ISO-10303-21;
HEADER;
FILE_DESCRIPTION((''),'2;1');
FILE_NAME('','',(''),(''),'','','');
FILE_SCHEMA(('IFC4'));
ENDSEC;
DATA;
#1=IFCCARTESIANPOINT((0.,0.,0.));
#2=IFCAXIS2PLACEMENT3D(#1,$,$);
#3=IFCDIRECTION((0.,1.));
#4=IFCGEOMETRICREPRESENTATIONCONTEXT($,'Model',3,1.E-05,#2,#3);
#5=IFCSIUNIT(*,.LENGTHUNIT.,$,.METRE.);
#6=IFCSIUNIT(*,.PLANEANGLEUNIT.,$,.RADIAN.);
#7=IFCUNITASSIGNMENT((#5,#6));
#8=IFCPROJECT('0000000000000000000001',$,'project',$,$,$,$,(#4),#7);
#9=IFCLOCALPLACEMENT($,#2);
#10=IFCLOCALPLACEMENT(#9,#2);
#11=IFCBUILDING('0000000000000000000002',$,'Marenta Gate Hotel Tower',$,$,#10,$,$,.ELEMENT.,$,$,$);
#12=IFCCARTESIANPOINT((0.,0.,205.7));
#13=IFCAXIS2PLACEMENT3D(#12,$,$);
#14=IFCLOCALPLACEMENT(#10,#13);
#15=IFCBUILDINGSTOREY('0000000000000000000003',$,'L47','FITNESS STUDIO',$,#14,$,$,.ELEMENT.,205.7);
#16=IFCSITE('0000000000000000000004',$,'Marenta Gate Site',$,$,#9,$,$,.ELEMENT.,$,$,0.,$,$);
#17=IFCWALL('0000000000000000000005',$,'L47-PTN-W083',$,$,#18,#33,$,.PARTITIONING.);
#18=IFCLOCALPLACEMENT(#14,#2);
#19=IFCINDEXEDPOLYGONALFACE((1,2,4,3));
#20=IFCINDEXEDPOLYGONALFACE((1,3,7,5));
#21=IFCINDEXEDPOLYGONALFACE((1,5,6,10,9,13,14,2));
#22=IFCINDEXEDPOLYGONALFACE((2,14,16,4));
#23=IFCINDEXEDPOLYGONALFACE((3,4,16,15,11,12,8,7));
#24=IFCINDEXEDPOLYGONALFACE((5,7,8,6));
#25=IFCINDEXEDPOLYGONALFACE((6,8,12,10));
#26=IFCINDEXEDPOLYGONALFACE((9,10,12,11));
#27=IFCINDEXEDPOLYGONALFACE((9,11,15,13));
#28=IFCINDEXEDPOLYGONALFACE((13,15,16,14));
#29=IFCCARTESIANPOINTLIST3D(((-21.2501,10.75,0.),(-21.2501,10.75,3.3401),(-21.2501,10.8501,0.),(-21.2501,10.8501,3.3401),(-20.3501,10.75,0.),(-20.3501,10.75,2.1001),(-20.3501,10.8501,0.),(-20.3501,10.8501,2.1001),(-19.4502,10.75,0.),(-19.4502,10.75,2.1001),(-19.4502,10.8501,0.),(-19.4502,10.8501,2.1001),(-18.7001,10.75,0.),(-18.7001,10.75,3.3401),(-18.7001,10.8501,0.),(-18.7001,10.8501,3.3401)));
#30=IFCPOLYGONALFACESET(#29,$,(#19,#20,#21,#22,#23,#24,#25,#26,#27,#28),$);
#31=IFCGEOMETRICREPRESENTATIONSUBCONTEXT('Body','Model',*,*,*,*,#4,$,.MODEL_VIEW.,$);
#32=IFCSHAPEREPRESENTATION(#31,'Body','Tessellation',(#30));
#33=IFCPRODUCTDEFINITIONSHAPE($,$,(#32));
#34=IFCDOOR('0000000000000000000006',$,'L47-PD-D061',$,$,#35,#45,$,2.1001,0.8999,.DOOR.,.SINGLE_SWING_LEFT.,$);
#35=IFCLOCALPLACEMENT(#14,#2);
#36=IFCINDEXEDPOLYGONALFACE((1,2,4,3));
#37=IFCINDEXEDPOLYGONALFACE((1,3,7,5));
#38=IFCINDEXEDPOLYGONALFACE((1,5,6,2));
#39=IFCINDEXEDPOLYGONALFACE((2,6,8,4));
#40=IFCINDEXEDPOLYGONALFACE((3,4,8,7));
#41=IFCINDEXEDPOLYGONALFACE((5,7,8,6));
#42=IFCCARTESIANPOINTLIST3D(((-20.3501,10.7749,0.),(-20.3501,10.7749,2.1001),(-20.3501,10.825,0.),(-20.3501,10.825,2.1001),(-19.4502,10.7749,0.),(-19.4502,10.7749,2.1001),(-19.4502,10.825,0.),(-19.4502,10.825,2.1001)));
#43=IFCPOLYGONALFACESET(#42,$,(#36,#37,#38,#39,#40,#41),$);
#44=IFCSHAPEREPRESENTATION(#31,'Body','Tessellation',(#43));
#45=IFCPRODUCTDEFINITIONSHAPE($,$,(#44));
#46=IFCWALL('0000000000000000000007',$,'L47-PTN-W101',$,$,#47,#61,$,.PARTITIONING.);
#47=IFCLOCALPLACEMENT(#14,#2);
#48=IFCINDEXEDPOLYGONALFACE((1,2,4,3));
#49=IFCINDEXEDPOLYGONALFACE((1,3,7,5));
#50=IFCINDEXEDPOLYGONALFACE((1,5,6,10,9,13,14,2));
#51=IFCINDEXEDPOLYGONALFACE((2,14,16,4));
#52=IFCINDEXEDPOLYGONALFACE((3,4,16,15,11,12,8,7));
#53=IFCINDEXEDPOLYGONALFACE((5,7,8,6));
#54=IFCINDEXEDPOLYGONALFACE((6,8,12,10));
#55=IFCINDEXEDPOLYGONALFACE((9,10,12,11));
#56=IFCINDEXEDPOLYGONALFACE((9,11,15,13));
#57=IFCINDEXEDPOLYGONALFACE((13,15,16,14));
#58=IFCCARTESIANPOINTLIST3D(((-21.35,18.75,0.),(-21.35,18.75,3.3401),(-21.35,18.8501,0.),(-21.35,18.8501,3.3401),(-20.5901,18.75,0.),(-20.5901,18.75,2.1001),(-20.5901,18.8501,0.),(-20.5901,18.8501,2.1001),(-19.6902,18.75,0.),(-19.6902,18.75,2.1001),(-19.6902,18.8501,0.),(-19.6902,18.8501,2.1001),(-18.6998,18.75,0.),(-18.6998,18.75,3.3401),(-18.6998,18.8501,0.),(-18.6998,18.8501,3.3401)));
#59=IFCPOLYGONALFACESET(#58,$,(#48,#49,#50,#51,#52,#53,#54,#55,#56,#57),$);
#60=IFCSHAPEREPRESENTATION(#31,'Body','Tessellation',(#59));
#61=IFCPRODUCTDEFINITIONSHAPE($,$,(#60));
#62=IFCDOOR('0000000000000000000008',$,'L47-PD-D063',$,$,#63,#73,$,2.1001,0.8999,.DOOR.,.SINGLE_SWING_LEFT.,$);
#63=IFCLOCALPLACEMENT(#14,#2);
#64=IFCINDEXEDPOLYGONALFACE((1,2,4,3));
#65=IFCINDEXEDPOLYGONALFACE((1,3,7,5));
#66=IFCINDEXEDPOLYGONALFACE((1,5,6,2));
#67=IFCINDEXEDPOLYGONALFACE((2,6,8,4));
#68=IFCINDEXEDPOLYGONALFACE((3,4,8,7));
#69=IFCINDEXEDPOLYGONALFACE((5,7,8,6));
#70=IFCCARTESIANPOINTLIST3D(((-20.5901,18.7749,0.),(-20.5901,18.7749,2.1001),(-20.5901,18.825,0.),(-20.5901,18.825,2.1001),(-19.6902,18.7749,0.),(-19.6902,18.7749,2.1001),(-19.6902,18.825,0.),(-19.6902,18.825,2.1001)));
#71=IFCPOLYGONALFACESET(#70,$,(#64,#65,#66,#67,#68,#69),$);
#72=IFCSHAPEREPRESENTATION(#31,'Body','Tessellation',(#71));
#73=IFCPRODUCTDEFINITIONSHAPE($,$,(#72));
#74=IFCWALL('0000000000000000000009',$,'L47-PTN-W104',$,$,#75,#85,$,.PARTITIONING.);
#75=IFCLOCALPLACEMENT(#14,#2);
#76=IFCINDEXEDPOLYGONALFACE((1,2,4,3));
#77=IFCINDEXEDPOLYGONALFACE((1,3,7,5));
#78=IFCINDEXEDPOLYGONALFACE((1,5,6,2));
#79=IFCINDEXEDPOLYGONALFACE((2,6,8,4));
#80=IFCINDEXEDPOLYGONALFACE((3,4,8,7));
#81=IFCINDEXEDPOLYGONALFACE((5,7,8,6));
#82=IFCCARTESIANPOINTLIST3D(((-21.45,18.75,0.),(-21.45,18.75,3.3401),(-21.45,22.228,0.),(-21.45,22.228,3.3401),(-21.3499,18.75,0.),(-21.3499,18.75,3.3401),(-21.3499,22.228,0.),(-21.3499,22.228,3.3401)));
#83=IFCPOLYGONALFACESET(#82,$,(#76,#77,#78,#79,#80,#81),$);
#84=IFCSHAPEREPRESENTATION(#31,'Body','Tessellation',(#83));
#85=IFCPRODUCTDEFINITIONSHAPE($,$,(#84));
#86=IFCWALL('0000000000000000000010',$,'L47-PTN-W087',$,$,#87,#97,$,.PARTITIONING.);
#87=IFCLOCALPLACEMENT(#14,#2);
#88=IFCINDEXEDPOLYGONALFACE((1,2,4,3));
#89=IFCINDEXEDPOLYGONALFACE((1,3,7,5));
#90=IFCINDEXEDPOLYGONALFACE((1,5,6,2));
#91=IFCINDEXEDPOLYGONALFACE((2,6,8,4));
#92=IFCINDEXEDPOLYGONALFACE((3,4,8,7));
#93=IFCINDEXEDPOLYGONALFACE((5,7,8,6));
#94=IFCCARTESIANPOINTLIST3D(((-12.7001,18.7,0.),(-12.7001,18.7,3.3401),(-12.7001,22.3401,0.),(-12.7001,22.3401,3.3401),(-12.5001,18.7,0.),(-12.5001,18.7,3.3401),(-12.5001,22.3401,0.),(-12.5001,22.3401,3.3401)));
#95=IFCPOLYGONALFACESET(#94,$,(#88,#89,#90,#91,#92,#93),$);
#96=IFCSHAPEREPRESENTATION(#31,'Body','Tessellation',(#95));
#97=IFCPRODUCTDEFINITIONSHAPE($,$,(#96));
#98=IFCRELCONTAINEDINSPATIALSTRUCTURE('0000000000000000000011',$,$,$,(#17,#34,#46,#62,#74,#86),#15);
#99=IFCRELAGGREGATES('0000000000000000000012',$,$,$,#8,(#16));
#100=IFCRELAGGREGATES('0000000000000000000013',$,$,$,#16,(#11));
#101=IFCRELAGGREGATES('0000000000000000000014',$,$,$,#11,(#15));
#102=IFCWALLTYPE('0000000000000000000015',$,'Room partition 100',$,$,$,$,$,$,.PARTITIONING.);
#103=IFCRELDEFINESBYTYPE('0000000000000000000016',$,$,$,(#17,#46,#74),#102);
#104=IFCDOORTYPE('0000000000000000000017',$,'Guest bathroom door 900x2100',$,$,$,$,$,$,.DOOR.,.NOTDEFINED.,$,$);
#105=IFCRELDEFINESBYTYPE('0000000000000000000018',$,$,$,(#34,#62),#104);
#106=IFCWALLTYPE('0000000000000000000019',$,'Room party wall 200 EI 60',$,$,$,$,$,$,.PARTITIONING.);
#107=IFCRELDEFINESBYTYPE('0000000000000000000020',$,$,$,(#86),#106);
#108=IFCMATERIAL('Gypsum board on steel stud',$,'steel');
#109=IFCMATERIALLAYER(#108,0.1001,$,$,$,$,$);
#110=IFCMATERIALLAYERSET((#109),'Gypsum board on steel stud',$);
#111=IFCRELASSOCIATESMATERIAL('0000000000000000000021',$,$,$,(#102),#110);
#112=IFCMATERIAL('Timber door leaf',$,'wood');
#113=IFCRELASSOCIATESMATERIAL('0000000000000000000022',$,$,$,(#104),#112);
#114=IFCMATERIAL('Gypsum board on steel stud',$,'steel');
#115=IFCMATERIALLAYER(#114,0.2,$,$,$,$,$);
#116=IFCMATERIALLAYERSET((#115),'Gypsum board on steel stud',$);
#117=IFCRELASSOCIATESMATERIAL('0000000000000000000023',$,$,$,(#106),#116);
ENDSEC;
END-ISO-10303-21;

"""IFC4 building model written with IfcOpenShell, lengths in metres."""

from ifc_helpers import new_model, si_unit, direction, frame, frame_2d, origin, place, context, subcontext, project, spatial, rectangle, extrude, material, layer, layer_set, type_object, element, fill, save


model = new_model("IFC4")

# Units and contexts
model_context = context("Model", 3, precision=1e-05, world=origin(), true_north=direction((0.0, 1.0)))
body_context = subcontext(model_context, "Body", "Model", "MODEL_VIEW")
ifc_project = project(units=[si_unit("LENGTHUNIT", "METRE"), si_unit("PLANEANGLEUNIT", "RADIAN")], contexts=[model_context])

# Site, building, storey
site_placement = place(None, origin())
site = spatial("IfcSite", under=ifc_project, at=site_placement, Name="Marenta Gate Site", CompositionType="ELEMENT", RefElevation=0.0)
building_placement = place(site_placement, origin())
building = spatial("IfcBuilding", under=site, at=building_placement, Name="Marenta Gate Hotel Tower", CompositionType="ELEMENT")
storey_placement = place(building_placement, frame((0.0, 0.0, 205.7)))
storey = spatial("IfcBuildingStorey", under=building, at=storey_placement, Name="L47", Description="FITNESS STUDIO", CompositionType="ELEMENT", Elevation=205.7)

# Walls, openings, doors
ifc_material_1 = material(Name="Gypsum board on steel stud", Category="steel")
ifc_layer_1 = layer(ifc_material_1, 0.1001)
ifc_layer_set_1 = layer_set([ifc_layer_1], Name="Gypsum board on steel stud")
wall_type_1 = type_object("IfcWallType", Name="Room partition 100", PredefinedType="PARTITIONING", material=ifc_layer_set_1)
wall_1_placement = place(storey_placement, frame((-21.25, 10.8, 0.0), z_axis=(0.0, 0.0, 1.0), x_axis=(1.0, 0.0, 0.0)))
wall_1 = element("IfcWall", 1, at=wall_1_placement, inside=storey, type_object=wall_type_1, Name="L47-PTN-W083", PredefinedType="PARTITIONING", context=body_context, shape_type="SweptSolid", body=[
    extrude(rectangle(XDim=2.55, YDim=0.1001, at=frame_2d((1.2749, 0.0))), origin(), (0.0, 0.0, 1.0), 3.3401),
])
opening_1_placement = place(wall_1_placement, frame((0.8999, 0.0, 0.0)))
opening_1 = element("IfcOpeningElement", 2, at=opening_1_placement, cuts=wall_1, PredefinedType="OPENING", context=body_context, shape_type="SweptSolid", body=[
    extrude(rectangle(XDim=0.8999, YDim=2.1001, at=frame_2d((0.45, 1.05))), frame((0.0, 0.05, 0.0), z_axis=(0.0, -1.0, 0.0), x_axis=(1.0, 0.0, 0.0)), (0.0, 0.0, 1.0), 0.1001),
])
ifc_material_2 = material(Name="Timber door leaf", Category="wood")
door_type_1 = type_object("IfcDoorType", Name="Guest bathroom door 900x2100", OperationType="NOTDEFINED", PredefinedType="DOOR", material=ifc_material_2)
door_1_placement = place(opening_1_placement, origin())
door_1 = element("IfcDoor", 3, at=door_1_placement, inside=storey, type_object=door_type_1, Name="L47-PD-D061", OperationType="SINGLE_SWING_LEFT", OverallHeight=2.1001, OverallWidth=0.8999, PredefinedType="DOOR", context=body_context, shape_type="SweptSolid", body=[
    extrude(rectangle(XDim=0.8999, YDim=2.1001, at=frame_2d((0.45, 1.05))), frame((0.0, 0.0249, 0.0), z_axis=(0.0, -1.0, 0.0), x_axis=(1.0, 0.0, 0.0)), (0.0, 0.0, 1.0), 0.05),
])
fill(opening_1, door_1)
wall_2_placement = place(storey_placement, frame((-21.3501, 18.8, 0.0), z_axis=(0.0, 0.0, 1.0), x_axis=(1.0, 0.0, 0.0)))
wall_2 = element("IfcWall", 4, at=wall_2_placement, inside=storey, type_object=wall_type_1, Name="L47-PTN-W101", PredefinedType="PARTITIONING", context=body_context, shape_type="SweptSolid", body=[
    extrude(rectangle(XDim=2.6501, YDim=0.1001, at=frame_2d((1.3252, 0.0))), origin(), (0.0, 0.0, 1.0), 3.3401),
])
opening_2_placement = place(wall_2_placement, frame((0.76, 0.0, 0.0)))
opening_2 = element("IfcOpeningElement", 5, at=opening_2_placement, cuts=wall_2, PredefinedType="OPENING", context=body_context, shape_type="SweptSolid", body=[
    extrude(rectangle(XDim=0.8999, YDim=2.1001, at=frame_2d((0.45, 1.05))), frame((0.0, 0.05, 0.0), z_axis=(0.0, -1.0, 0.0), x_axis=(1.0, 0.0, 0.0)), (0.0, 0.0, 1.0), 0.1001),
])
door_2_placement = place(opening_2_placement, origin())
door_2 = element("IfcDoor", 6, at=door_2_placement, inside=storey, type_object=door_type_1, Name="L47-PD-D063", OperationType="SINGLE_SWING_LEFT", OverallHeight=2.1001, OverallWidth=0.8999, PredefinedType="DOOR", context=body_context, shape_type="SweptSolid", body=[
    extrude(rectangle(XDim=0.8999, YDim=2.1001, at=frame_2d((0.45, 1.05))), frame((0.0, 0.0249, 0.0), z_axis=(0.0, -1.0, 0.0), x_axis=(1.0, 0.0, 0.0)), (0.0, 0.0, 1.0), 0.05),
])
fill(opening_2, door_2)

# Walls
wall_3_placement = place(storey_placement, frame((-21.3999, 18.75, 0.0), z_axis=(0.0, 0.0, 1.0), x_axis=(0.0, 1.0, 0.0)))
element("IfcWall", 7, at=wall_3_placement, inside=storey, type_object=wall_type_1, Name="L47-PTN-W104", PredefinedType="PARTITIONING", context=body_context, shape_type="SweptSolid", body=[
    extrude(rectangle(XDim=3.478, YDim=0.1001, at=frame_2d((1.739, 0.0))), origin(), (0.0, 0.0, 1.0), 3.3401),
])
ifc_material_3 = material(Name="Gypsum board on steel stud", Category="steel")
ifc_layer_2 = layer(ifc_material_3, 0.2)
ifc_layer_set_2 = layer_set([ifc_layer_2], Name="Gypsum board on steel stud")
wall_type_2 = type_object("IfcWallType", Name="Room party wall 200 EI 60", PredefinedType="PARTITIONING", material=ifc_layer_set_2)
wall_4_placement = place(storey_placement, frame((-12.6001, 18.7, 0.0), z_axis=(0.0, 0.0, 1.0), x_axis=(0.0, 1.0, 0.0)))
element("IfcWall", 8, at=wall_4_placement, inside=storey, type_object=wall_type_2, Name="L47-PTN-W087", PredefinedType="PARTITIONING", context=body_context, shape_type="SweptSolid", body=[
    extrude(rectangle(XDim=3.6401, YDim=0.2, at=frame_2d((1.8201, 0.0))), origin(), (0.0, 0.0, 1.0), 3.3401),
])

save(model, "model.ifc")
